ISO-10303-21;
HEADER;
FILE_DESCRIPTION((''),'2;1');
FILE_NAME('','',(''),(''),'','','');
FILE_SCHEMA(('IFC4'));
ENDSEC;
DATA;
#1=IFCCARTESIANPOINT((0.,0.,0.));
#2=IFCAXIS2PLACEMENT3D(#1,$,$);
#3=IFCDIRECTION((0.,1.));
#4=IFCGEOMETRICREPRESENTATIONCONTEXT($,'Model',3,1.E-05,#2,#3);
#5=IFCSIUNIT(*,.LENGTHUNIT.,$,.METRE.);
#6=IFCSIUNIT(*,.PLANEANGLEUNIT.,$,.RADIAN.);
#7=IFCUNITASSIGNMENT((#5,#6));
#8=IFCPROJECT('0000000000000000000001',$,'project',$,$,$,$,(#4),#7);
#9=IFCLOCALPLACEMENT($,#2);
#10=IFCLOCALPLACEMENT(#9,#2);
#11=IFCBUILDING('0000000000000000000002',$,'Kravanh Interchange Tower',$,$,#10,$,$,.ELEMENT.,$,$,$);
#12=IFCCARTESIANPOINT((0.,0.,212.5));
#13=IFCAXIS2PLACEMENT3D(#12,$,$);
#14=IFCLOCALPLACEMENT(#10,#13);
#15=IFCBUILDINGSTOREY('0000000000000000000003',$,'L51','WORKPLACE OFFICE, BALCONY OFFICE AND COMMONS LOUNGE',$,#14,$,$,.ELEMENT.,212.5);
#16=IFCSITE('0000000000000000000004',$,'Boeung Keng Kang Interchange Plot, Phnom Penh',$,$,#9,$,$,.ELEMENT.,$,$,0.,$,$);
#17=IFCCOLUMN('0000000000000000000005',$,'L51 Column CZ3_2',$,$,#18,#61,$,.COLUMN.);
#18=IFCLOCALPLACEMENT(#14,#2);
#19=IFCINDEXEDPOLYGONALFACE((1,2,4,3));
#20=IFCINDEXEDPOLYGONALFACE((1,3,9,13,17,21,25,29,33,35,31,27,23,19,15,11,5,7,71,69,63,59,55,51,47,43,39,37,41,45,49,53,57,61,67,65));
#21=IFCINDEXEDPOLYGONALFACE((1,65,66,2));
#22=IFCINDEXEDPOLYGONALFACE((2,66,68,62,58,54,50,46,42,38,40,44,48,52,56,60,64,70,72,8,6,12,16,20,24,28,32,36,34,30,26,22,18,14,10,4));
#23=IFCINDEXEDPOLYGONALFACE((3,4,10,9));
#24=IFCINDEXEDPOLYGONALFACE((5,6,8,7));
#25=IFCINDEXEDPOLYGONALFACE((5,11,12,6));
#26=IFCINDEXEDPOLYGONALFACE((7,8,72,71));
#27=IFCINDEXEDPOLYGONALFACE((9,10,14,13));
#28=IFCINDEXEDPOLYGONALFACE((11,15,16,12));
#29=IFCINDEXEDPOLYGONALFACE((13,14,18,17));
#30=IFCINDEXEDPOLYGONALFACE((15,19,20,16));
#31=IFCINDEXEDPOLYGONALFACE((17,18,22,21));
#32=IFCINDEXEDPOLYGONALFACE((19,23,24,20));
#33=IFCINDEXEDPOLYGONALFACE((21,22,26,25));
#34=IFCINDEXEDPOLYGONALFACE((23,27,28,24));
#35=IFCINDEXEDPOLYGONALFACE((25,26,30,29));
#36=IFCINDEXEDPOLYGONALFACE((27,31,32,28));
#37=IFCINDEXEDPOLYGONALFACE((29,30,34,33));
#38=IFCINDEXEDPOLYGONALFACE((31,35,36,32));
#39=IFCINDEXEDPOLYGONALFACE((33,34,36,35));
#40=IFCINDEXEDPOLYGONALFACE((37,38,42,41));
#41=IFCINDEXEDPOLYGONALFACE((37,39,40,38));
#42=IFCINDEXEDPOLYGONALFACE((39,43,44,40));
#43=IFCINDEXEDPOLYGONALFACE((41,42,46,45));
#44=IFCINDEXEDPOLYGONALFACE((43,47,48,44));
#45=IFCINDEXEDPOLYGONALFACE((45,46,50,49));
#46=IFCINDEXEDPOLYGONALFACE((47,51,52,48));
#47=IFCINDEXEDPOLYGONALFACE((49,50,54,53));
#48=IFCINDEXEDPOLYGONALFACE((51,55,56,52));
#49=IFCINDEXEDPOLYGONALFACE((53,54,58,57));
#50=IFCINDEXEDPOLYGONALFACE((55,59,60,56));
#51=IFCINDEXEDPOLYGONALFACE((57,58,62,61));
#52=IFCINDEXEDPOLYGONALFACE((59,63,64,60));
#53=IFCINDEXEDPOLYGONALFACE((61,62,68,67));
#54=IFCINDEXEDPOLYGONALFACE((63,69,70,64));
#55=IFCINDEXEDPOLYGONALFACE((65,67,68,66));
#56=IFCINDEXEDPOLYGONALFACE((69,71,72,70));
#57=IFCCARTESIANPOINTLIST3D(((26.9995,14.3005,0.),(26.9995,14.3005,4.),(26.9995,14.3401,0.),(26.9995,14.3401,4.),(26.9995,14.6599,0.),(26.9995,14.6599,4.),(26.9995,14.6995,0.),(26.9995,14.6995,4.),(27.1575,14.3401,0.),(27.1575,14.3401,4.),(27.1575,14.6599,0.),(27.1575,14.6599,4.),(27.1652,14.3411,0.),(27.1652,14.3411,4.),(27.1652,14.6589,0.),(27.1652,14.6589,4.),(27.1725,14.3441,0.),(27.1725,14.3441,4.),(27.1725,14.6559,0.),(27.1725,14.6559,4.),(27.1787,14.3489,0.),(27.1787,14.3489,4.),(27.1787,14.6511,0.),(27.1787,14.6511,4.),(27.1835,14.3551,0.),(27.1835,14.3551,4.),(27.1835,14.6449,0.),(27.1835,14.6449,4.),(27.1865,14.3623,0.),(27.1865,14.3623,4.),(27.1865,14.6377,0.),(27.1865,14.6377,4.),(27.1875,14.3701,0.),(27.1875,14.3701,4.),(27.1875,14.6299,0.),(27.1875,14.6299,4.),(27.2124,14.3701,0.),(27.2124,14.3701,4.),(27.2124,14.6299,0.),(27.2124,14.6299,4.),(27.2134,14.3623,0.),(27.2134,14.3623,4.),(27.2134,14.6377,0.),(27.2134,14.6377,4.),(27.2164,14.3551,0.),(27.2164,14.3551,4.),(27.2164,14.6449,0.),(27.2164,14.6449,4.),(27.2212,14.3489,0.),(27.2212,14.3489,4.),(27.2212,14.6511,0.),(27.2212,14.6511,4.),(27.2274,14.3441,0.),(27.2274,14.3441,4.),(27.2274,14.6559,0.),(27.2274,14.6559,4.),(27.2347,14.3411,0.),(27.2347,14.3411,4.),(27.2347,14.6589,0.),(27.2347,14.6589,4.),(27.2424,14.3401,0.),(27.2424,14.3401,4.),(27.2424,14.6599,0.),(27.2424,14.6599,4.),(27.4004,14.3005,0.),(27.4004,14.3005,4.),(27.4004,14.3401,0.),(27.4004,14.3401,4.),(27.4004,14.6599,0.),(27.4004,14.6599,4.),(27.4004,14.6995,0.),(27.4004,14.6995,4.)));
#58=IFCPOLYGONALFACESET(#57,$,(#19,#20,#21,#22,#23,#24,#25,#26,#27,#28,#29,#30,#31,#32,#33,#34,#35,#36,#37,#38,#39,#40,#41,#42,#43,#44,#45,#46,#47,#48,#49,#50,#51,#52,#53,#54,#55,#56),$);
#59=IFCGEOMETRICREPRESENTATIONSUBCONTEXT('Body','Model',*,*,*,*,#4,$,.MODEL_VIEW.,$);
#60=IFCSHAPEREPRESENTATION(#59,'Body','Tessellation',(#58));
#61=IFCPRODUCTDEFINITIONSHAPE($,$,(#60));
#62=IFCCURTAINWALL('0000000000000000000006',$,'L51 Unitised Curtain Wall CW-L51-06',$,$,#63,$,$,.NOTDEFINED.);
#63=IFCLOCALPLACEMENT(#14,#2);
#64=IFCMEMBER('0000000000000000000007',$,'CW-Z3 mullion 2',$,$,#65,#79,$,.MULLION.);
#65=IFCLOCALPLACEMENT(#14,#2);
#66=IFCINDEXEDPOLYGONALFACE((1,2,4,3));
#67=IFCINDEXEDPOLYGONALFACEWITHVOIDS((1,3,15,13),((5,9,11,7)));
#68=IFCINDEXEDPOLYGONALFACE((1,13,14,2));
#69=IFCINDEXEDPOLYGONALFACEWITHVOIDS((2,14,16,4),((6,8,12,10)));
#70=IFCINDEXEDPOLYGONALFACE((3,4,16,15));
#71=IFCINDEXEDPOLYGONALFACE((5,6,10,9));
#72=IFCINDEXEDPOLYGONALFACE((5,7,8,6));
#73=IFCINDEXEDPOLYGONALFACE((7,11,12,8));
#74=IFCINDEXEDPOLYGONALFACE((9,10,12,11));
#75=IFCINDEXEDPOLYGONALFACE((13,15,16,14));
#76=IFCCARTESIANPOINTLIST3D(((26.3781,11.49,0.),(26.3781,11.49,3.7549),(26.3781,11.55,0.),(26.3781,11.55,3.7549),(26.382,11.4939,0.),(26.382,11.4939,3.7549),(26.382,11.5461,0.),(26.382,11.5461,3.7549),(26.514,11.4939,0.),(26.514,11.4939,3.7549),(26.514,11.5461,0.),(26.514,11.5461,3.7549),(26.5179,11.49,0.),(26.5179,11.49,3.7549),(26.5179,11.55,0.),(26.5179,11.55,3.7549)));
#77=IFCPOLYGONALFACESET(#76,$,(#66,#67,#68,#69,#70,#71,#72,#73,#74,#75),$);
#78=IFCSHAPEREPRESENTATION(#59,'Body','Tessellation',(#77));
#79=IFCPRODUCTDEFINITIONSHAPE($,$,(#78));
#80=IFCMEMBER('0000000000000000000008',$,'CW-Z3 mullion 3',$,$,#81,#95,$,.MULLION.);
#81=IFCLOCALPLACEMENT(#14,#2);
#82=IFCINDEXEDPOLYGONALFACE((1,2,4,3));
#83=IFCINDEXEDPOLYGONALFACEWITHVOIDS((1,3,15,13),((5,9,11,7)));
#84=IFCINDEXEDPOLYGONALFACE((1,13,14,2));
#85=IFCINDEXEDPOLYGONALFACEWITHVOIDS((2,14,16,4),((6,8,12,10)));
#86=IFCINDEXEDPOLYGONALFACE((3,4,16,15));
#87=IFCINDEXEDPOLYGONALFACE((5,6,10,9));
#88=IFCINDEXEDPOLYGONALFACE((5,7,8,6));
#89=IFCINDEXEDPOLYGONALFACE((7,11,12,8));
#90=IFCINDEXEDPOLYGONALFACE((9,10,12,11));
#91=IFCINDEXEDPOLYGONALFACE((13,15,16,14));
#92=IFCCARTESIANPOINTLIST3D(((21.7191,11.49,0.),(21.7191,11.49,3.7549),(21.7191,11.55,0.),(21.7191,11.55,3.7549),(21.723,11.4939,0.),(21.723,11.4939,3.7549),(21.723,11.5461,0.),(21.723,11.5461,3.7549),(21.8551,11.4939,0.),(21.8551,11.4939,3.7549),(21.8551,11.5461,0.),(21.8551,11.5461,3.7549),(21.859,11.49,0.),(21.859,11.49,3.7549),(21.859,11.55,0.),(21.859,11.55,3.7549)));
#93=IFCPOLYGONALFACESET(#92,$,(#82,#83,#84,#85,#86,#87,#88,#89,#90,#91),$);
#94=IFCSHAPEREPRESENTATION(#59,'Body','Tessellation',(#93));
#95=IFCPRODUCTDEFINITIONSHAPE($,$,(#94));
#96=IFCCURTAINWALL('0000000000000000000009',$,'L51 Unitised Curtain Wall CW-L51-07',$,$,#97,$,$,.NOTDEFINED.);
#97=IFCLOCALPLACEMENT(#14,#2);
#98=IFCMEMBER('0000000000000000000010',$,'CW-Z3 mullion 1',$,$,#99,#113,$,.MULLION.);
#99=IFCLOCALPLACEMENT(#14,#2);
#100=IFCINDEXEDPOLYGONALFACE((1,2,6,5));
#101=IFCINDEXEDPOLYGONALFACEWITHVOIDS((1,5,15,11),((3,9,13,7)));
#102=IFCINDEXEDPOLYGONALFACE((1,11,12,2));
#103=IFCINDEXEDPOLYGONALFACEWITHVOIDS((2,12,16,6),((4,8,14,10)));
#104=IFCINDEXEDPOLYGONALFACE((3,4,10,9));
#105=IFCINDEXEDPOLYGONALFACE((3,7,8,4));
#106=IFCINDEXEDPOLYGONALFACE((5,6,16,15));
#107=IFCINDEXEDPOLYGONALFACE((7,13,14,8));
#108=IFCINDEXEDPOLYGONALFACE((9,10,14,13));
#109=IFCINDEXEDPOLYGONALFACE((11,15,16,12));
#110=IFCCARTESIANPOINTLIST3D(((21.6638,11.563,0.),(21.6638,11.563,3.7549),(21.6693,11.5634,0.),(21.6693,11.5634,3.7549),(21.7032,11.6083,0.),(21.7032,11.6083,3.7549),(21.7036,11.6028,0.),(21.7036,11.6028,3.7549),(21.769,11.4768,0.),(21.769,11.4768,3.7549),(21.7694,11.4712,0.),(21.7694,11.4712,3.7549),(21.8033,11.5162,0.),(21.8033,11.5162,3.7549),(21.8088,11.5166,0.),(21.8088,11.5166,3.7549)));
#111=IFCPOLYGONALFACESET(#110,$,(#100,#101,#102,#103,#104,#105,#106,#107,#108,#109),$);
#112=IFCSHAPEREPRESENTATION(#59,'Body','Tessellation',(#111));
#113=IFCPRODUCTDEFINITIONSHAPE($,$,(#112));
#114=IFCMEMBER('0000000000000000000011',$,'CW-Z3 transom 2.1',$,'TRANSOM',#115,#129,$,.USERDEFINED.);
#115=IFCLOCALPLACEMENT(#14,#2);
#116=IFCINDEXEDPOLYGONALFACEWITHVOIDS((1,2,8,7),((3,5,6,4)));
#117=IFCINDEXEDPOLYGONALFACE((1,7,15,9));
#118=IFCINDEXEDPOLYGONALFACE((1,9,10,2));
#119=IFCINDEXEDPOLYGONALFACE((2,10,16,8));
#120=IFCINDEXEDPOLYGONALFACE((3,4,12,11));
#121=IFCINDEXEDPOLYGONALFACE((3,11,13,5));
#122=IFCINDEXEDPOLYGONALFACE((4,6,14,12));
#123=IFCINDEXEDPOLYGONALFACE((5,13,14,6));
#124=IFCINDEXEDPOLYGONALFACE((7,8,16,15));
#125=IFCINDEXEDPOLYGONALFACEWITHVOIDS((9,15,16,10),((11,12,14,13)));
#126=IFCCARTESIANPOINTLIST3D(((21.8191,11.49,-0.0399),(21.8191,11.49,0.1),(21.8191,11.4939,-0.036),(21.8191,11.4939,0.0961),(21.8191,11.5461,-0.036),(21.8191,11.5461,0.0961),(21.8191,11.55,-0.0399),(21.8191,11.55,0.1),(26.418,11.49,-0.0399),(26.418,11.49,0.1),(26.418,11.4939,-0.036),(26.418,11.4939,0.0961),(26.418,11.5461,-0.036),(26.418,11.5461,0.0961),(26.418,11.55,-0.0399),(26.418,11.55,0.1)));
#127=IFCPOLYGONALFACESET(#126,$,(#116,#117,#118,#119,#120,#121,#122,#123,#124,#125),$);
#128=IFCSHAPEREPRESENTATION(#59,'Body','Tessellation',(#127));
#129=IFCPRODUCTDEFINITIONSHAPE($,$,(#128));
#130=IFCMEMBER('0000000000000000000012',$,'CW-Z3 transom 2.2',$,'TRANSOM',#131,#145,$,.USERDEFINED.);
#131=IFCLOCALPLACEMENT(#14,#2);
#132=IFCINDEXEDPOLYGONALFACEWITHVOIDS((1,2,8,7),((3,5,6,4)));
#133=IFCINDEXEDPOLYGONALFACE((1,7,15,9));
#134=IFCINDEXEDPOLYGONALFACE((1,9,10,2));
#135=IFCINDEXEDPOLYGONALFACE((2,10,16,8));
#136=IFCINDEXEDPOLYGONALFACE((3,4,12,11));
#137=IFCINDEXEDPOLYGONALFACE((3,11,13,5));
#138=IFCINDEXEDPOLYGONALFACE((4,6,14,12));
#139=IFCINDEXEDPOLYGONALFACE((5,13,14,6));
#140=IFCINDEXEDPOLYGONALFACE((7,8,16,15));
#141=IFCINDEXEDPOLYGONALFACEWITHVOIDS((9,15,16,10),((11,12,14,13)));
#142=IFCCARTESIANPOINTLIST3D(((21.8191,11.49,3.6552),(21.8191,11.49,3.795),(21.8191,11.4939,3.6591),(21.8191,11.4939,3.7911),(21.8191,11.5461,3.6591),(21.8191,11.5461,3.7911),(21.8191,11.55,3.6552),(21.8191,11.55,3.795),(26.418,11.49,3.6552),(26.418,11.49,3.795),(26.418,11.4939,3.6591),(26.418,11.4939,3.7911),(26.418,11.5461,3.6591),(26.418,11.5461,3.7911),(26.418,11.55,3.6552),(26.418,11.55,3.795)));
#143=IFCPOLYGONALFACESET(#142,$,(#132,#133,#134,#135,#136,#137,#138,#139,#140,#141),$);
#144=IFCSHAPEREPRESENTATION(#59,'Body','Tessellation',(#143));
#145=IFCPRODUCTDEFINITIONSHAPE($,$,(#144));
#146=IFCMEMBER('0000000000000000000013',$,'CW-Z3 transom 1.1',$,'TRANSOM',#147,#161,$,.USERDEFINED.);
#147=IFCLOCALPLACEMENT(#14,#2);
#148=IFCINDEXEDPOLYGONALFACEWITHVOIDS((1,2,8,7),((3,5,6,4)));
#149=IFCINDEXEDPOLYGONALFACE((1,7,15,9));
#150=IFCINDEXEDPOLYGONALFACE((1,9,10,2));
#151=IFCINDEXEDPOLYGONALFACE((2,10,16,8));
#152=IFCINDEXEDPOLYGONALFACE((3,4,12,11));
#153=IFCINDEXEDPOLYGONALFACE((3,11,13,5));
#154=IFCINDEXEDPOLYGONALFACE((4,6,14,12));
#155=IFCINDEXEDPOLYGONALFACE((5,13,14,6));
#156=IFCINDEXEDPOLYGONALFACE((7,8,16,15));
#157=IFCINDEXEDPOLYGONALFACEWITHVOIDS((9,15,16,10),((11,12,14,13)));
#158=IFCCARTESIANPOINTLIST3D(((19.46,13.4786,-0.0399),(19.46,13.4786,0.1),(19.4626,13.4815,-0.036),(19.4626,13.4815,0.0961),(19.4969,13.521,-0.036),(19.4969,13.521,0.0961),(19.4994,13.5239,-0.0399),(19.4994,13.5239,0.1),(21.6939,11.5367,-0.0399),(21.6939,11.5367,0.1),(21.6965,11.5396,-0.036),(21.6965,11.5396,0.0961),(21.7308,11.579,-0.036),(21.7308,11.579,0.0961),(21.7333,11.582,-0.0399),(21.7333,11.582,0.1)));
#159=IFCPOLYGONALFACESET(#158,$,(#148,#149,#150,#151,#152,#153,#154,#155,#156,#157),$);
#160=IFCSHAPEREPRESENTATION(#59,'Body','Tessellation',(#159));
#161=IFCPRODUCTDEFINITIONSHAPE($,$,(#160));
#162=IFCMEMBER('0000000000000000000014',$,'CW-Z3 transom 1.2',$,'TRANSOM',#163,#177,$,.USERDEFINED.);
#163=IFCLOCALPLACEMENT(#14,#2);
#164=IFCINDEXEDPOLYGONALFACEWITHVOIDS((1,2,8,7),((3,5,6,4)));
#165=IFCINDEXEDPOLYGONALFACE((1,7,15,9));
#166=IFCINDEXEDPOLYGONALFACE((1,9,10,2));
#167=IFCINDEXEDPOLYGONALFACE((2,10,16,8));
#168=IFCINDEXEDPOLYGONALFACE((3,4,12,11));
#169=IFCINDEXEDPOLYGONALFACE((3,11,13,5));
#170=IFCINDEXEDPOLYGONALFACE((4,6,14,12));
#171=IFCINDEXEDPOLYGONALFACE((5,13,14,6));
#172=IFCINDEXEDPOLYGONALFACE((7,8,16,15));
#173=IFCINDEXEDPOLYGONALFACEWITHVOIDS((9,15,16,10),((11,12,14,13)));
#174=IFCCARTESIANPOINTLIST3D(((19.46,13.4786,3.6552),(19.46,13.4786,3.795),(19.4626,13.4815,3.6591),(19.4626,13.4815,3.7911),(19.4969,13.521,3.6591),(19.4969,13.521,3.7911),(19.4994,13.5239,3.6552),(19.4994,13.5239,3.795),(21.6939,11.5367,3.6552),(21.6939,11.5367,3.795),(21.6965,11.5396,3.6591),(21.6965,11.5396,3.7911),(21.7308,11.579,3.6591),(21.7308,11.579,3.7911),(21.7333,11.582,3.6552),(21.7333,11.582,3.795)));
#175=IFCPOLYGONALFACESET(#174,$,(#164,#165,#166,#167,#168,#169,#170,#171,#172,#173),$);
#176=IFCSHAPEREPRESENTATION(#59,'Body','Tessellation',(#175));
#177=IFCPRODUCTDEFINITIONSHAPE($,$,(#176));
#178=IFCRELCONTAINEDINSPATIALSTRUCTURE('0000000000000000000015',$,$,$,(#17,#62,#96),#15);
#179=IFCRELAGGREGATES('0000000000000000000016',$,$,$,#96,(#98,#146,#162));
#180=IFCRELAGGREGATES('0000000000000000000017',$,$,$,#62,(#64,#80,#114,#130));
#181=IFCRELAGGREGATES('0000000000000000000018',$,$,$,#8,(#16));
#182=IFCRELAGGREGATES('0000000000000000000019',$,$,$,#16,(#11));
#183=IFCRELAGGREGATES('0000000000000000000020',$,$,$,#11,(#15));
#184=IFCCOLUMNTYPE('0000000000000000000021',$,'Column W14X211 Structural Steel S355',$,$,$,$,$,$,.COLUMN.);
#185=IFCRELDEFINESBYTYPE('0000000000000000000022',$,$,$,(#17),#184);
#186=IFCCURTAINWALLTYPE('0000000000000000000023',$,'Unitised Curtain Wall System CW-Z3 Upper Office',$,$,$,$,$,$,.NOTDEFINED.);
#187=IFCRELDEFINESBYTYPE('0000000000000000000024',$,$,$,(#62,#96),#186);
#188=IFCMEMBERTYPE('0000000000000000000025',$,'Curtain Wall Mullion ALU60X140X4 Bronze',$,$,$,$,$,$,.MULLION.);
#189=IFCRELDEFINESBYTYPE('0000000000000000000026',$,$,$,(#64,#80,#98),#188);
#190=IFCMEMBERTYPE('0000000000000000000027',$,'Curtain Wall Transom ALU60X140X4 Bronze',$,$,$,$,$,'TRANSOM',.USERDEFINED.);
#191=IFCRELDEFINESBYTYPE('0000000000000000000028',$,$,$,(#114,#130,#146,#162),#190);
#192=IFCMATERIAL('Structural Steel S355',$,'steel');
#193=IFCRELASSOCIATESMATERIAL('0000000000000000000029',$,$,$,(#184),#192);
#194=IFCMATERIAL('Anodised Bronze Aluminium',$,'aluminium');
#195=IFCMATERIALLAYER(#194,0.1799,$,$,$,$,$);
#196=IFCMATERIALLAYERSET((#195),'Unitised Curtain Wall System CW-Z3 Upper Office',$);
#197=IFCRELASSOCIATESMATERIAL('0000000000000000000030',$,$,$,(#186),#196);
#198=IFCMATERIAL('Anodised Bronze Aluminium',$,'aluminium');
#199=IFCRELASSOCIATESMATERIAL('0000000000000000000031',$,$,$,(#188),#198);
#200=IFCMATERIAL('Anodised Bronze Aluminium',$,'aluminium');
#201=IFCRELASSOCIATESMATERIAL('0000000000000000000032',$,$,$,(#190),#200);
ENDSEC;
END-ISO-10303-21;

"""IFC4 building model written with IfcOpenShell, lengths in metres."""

from ifc_helpers import new_model, si_unit, direction, frame, origin, origin_2d, place, context, subcontext, project, spatial, hollow_rectangle, i_section, extrude, material, layer, layer_set, material_profile, profile_set, type_object, element, aggregate, save


model = new_model("IFC4")

# Units and contexts
model_context = context("Model", 3, precision=1e-05, world=origin(), true_north=direction((0.0, 1.0)))
body_context = subcontext(model_context, "Body", "Model", "MODEL_VIEW")
ifc_project = project(units=[si_unit("LENGTHUNIT", "METRE"), si_unit("PLANEANGLEUNIT", "RADIAN")], contexts=[model_context])

# Site, building, storey
site_placement = place(None, origin())
site = spatial("IfcSite", under=ifc_project, at=site_placement, Name="Boeung Keng Kang Interchange Plot, Phnom Penh", CompositionType="ELEMENT", RefElevation=0.0)
building_placement = place(site_placement, origin())
building = spatial("IfcBuilding", under=site, at=building_placement, Name="Kravanh Interchange Tower", CompositionType="ELEMENT")
storey_placement = place(building_placement, frame((0.0, 0.0, 212.5)))
storey = spatial("IfcBuildingStorey", under=building, at=storey_placement, Name="L51", Description="WORKPLACE OFFICE, BALCONY OFFICE AND COMMONS LOUNGE", CompositionType="ELEMENT", Elevation=212.5)

# Column
ifc_material_1 = material(Name="Structural Steel S355", Category="steel")
ifc_material_profile_1 = material_profile(ifc_material_1, i_section(OverallWidth=0.4009, OverallDepth=0.3989, WebThickness=0.0249, FlangeThickness=0.0396, FilletRadius=0.03, at=origin_2d()), Name="W14X211")
ifc_profile_set_1 = profile_set([ifc_material_profile_1], Name="Structural Steel S355")
column_type = type_object("IfcColumnType", Name="Column W14X211 Structural Steel S355", PredefinedType="COLUMN", material=ifc_profile_set_1)
column_placement = place(storey_placement, frame((27.2, 14.5, 0.0), z_axis=(0.0, 0.0, 1.0), x_axis=(1.0, 0.0, 0.0)))
element("IfcColumn", 1, at=column_placement, inside=storey, type_object=column_type, Name="L51 Column CZ3_2", PredefinedType="COLUMN", context=body_context, shape_type="SweptSolid", body=[
    extrude(i_section(OverallWidth=0.4009, OverallDepth=0.3989, WebThickness=0.0249, FlangeThickness=0.0396, FilletRadius=0.03, at=origin_2d()), origin(), (0.0, 0.0, 1.0), 4.0),
])

# Curtain wall, members
ifc_material_2 = material(Name="Anodised Bronze Aluminium", Category="aluminium")
ifc_layer_1 = layer(ifc_material_2, 0.1799)
ifc_layer_set_1 = layer_set([ifc_layer_1], Name="Unitised Curtain Wall System CW-Z3 Upper Office")
curtain_wall_type = type_object("IfcCurtainWallType", Name="Unitised Curtain Wall System CW-Z3 Upper Office", PredefinedType="NOTDEFINED", material=ifc_layer_set_1)
curtain_wall_1_placement = place(storey_placement, origin())
curtain_wall_1 = element("IfcCurtainWall", 2, at=curtain_wall_1_placement, inside=storey, type_object=curtain_wall_type, Name="L51 Unitised Curtain Wall CW-L51-06", PredefinedType="NOTDEFINED")
ifc_material_3 = material(Name="Anodised Bronze Aluminium", Category="aluminium")
ifc_material_profile_2 = material_profile(ifc_material_3, hollow_rectangle(XDim=0.0601, YDim=0.1399, WallThickness=0.0039, at=origin_2d()), Name="ALU60X140X4")
ifc_profile_set_2 = profile_set([ifc_material_profile_2], Name="Anodised Bronze Aluminium")
member_type_1 = type_object("IfcMemberType", Name="Curtain Wall Mullion ALU60X140X4 Bronze", PredefinedType="MULLION", material=ifc_profile_set_2)
member_1_placement = place(storey_placement, frame((26.448, 11.52, 0.0), z_axis=(0.0, 0.0, 1.0), x_axis=(0.0, -1.0, 0.0)))
member_1 = element("IfcMember", 3, at=member_1_placement, type_object=member_type_1, Name="CW-Z3 mullion 2", PredefinedType="MULLION", context=body_context, shape_type="SweptSolid", body=[
    extrude(hollow_rectangle(XDim=0.0601, YDim=0.1399, WallThickness=0.0039, at=origin_2d()), origin(), (0.0, 0.0, 1.0), 3.7549),
])
member_2_placement = place(storey_placement, frame((21.7891, 11.52, 0.0), z_axis=(0.0, 0.0, 1.0), x_axis=(0.0, -1.0, 0.0)))
member_2 = element("IfcMember", 4, at=member_2_placement, type_object=member_type_1, Name="CW-Z3 mullion 3", PredefinedType="MULLION", context=body_context, shape_type="SweptSolid", body=[
    extrude(hollow_rectangle(XDim=0.0601, YDim=0.1399, WallThickness=0.0039, at=origin_2d()), origin(), (0.0, 0.0, 1.0), 3.7549),
])

# Curtain wall, member
curtain_wall_2_placement = place(storey_placement, origin())
curtain_wall_2 = element("IfcCurtainWall", 5, at=curtain_wall_2_placement, inside=storey, type_object=curtain_wall_type, Name="L51 Unitised Curtain Wall CW-L51-07", PredefinedType="NOTDEFINED")
member_3_placement = place(storey_placement, frame((21.7363, 11.5398, 0.0), z_axis=(0.0, 0.0, 1.0), x_axis=(-0.656051, -0.754717, 0.0)))
member_3 = element("IfcMember", 6, at=member_3_placement, type_object=member_type_1, Name="CW-Z3 mullion 1", PredefinedType="MULLION", context=body_context, shape_type="SweptSolid", body=[
    extrude(hollow_rectangle(XDim=0.0601, YDim=0.1399, WallThickness=0.0039, at=origin_2d()), origin(), (0.0, 0.0, 1.0), 3.7549),
])

# Members
ifc_material_4 = material(Name="Anodised Bronze Aluminium", Category="aluminium")
ifc_material_profile_3 = material_profile(ifc_material_4, hollow_rectangle(XDim=0.0601, YDim=0.1399, WallThickness=0.0039, at=origin_2d()), Name="ALU60X140X4")
ifc_profile_set_3 = profile_set([ifc_material_profile_3], Name="Anodised Bronze Aluminium")
member_type_2 = type_object("IfcMemberType", Name="Curtain Wall Transom ALU60X140X4 Bronze", ElementType="TRANSOM", PredefinedType="USERDEFINED", material=ifc_profile_set_3)
member_4_placement = place(storey_placement, frame((26.418, 11.52, 0.03), z_axis=(-1.0, 0.0, 0.0), x_axis=(0.0, -1.0, 0.0)))
member_4 = element("IfcMember", 7, at=member_4_placement, type_object=member_type_2, Name="CW-Z3 transom 2.1", ObjectType="TRANSOM", PredefinedType="USERDEFINED", context=body_context, shape_type="SweptSolid", body=[
    extrude(hollow_rectangle(XDim=0.0601, YDim=0.1399, WallThickness=0.0039, at=origin_2d()), origin(), (0.0, 0.0, 1.0), 4.5989),
])
member_5_placement = place(storey_placement, frame((26.418, 11.52, 3.7251), z_axis=(-1.0, 0.0, 0.0), x_axis=(0.0, -1.0, 0.0)))
member_5 = element("IfcMember", 8, at=member_5_placement, type_object=member_type_2, Name="CW-Z3 transom 2.2", ObjectType="TRANSOM", PredefinedType="USERDEFINED", context=body_context, shape_type="SweptSolid", body=[
    extrude(hollow_rectangle(XDim=0.0601, YDim=0.1399, WallThickness=0.0039, at=origin_2d()), origin(), (0.0, 0.0, 1.0), 4.5989),
])
member_6_placement = place(storey_placement, frame((21.7136, 11.5593, 0.03), z_axis=(-0.754709, 0.65606, 0.0), x_axis=(-0.65606, -0.754709, 0.0)))
member_6 = element("IfcMember", 9, at=member_6_placement, type_object=member_type_2, Name="CW-Z3 transom 1.1", ObjectType="TRANSOM", PredefinedType="USERDEFINED", context=body_context, shape_type="SweptSolid", body=[
    extrude(hollow_rectangle(XDim=0.0601, YDim=0.1399, WallThickness=0.0039, at=origin_2d()), origin(), (0.0, 0.0, 1.0), 2.96),
])
member_7_placement = place(storey_placement, frame((21.7136, 11.5593, 3.7251), z_axis=(-0.754709, 0.65606, 0.0), x_axis=(-0.65606, -0.754709, 0.0)))
member_7 = element("IfcMember", 10, at=member_7_placement, type_object=member_type_2, Name="CW-Z3 transom 1.2", ObjectType="TRANSOM", PredefinedType="USERDEFINED", context=body_context, shape_type="SweptSolid", body=[
    extrude(hollow_rectangle(XDim=0.0601, YDim=0.1399, WallThickness=0.0039, at=origin_2d()), origin(), (0.0, 0.0, 1.0), 2.96),
])
aggregate(curtain_wall_2, [member_3, member_6, member_7])

aggregate(curtain_wall_1, [member_1, member_2, member_4, member_5])

save(model, "model.ifc")
